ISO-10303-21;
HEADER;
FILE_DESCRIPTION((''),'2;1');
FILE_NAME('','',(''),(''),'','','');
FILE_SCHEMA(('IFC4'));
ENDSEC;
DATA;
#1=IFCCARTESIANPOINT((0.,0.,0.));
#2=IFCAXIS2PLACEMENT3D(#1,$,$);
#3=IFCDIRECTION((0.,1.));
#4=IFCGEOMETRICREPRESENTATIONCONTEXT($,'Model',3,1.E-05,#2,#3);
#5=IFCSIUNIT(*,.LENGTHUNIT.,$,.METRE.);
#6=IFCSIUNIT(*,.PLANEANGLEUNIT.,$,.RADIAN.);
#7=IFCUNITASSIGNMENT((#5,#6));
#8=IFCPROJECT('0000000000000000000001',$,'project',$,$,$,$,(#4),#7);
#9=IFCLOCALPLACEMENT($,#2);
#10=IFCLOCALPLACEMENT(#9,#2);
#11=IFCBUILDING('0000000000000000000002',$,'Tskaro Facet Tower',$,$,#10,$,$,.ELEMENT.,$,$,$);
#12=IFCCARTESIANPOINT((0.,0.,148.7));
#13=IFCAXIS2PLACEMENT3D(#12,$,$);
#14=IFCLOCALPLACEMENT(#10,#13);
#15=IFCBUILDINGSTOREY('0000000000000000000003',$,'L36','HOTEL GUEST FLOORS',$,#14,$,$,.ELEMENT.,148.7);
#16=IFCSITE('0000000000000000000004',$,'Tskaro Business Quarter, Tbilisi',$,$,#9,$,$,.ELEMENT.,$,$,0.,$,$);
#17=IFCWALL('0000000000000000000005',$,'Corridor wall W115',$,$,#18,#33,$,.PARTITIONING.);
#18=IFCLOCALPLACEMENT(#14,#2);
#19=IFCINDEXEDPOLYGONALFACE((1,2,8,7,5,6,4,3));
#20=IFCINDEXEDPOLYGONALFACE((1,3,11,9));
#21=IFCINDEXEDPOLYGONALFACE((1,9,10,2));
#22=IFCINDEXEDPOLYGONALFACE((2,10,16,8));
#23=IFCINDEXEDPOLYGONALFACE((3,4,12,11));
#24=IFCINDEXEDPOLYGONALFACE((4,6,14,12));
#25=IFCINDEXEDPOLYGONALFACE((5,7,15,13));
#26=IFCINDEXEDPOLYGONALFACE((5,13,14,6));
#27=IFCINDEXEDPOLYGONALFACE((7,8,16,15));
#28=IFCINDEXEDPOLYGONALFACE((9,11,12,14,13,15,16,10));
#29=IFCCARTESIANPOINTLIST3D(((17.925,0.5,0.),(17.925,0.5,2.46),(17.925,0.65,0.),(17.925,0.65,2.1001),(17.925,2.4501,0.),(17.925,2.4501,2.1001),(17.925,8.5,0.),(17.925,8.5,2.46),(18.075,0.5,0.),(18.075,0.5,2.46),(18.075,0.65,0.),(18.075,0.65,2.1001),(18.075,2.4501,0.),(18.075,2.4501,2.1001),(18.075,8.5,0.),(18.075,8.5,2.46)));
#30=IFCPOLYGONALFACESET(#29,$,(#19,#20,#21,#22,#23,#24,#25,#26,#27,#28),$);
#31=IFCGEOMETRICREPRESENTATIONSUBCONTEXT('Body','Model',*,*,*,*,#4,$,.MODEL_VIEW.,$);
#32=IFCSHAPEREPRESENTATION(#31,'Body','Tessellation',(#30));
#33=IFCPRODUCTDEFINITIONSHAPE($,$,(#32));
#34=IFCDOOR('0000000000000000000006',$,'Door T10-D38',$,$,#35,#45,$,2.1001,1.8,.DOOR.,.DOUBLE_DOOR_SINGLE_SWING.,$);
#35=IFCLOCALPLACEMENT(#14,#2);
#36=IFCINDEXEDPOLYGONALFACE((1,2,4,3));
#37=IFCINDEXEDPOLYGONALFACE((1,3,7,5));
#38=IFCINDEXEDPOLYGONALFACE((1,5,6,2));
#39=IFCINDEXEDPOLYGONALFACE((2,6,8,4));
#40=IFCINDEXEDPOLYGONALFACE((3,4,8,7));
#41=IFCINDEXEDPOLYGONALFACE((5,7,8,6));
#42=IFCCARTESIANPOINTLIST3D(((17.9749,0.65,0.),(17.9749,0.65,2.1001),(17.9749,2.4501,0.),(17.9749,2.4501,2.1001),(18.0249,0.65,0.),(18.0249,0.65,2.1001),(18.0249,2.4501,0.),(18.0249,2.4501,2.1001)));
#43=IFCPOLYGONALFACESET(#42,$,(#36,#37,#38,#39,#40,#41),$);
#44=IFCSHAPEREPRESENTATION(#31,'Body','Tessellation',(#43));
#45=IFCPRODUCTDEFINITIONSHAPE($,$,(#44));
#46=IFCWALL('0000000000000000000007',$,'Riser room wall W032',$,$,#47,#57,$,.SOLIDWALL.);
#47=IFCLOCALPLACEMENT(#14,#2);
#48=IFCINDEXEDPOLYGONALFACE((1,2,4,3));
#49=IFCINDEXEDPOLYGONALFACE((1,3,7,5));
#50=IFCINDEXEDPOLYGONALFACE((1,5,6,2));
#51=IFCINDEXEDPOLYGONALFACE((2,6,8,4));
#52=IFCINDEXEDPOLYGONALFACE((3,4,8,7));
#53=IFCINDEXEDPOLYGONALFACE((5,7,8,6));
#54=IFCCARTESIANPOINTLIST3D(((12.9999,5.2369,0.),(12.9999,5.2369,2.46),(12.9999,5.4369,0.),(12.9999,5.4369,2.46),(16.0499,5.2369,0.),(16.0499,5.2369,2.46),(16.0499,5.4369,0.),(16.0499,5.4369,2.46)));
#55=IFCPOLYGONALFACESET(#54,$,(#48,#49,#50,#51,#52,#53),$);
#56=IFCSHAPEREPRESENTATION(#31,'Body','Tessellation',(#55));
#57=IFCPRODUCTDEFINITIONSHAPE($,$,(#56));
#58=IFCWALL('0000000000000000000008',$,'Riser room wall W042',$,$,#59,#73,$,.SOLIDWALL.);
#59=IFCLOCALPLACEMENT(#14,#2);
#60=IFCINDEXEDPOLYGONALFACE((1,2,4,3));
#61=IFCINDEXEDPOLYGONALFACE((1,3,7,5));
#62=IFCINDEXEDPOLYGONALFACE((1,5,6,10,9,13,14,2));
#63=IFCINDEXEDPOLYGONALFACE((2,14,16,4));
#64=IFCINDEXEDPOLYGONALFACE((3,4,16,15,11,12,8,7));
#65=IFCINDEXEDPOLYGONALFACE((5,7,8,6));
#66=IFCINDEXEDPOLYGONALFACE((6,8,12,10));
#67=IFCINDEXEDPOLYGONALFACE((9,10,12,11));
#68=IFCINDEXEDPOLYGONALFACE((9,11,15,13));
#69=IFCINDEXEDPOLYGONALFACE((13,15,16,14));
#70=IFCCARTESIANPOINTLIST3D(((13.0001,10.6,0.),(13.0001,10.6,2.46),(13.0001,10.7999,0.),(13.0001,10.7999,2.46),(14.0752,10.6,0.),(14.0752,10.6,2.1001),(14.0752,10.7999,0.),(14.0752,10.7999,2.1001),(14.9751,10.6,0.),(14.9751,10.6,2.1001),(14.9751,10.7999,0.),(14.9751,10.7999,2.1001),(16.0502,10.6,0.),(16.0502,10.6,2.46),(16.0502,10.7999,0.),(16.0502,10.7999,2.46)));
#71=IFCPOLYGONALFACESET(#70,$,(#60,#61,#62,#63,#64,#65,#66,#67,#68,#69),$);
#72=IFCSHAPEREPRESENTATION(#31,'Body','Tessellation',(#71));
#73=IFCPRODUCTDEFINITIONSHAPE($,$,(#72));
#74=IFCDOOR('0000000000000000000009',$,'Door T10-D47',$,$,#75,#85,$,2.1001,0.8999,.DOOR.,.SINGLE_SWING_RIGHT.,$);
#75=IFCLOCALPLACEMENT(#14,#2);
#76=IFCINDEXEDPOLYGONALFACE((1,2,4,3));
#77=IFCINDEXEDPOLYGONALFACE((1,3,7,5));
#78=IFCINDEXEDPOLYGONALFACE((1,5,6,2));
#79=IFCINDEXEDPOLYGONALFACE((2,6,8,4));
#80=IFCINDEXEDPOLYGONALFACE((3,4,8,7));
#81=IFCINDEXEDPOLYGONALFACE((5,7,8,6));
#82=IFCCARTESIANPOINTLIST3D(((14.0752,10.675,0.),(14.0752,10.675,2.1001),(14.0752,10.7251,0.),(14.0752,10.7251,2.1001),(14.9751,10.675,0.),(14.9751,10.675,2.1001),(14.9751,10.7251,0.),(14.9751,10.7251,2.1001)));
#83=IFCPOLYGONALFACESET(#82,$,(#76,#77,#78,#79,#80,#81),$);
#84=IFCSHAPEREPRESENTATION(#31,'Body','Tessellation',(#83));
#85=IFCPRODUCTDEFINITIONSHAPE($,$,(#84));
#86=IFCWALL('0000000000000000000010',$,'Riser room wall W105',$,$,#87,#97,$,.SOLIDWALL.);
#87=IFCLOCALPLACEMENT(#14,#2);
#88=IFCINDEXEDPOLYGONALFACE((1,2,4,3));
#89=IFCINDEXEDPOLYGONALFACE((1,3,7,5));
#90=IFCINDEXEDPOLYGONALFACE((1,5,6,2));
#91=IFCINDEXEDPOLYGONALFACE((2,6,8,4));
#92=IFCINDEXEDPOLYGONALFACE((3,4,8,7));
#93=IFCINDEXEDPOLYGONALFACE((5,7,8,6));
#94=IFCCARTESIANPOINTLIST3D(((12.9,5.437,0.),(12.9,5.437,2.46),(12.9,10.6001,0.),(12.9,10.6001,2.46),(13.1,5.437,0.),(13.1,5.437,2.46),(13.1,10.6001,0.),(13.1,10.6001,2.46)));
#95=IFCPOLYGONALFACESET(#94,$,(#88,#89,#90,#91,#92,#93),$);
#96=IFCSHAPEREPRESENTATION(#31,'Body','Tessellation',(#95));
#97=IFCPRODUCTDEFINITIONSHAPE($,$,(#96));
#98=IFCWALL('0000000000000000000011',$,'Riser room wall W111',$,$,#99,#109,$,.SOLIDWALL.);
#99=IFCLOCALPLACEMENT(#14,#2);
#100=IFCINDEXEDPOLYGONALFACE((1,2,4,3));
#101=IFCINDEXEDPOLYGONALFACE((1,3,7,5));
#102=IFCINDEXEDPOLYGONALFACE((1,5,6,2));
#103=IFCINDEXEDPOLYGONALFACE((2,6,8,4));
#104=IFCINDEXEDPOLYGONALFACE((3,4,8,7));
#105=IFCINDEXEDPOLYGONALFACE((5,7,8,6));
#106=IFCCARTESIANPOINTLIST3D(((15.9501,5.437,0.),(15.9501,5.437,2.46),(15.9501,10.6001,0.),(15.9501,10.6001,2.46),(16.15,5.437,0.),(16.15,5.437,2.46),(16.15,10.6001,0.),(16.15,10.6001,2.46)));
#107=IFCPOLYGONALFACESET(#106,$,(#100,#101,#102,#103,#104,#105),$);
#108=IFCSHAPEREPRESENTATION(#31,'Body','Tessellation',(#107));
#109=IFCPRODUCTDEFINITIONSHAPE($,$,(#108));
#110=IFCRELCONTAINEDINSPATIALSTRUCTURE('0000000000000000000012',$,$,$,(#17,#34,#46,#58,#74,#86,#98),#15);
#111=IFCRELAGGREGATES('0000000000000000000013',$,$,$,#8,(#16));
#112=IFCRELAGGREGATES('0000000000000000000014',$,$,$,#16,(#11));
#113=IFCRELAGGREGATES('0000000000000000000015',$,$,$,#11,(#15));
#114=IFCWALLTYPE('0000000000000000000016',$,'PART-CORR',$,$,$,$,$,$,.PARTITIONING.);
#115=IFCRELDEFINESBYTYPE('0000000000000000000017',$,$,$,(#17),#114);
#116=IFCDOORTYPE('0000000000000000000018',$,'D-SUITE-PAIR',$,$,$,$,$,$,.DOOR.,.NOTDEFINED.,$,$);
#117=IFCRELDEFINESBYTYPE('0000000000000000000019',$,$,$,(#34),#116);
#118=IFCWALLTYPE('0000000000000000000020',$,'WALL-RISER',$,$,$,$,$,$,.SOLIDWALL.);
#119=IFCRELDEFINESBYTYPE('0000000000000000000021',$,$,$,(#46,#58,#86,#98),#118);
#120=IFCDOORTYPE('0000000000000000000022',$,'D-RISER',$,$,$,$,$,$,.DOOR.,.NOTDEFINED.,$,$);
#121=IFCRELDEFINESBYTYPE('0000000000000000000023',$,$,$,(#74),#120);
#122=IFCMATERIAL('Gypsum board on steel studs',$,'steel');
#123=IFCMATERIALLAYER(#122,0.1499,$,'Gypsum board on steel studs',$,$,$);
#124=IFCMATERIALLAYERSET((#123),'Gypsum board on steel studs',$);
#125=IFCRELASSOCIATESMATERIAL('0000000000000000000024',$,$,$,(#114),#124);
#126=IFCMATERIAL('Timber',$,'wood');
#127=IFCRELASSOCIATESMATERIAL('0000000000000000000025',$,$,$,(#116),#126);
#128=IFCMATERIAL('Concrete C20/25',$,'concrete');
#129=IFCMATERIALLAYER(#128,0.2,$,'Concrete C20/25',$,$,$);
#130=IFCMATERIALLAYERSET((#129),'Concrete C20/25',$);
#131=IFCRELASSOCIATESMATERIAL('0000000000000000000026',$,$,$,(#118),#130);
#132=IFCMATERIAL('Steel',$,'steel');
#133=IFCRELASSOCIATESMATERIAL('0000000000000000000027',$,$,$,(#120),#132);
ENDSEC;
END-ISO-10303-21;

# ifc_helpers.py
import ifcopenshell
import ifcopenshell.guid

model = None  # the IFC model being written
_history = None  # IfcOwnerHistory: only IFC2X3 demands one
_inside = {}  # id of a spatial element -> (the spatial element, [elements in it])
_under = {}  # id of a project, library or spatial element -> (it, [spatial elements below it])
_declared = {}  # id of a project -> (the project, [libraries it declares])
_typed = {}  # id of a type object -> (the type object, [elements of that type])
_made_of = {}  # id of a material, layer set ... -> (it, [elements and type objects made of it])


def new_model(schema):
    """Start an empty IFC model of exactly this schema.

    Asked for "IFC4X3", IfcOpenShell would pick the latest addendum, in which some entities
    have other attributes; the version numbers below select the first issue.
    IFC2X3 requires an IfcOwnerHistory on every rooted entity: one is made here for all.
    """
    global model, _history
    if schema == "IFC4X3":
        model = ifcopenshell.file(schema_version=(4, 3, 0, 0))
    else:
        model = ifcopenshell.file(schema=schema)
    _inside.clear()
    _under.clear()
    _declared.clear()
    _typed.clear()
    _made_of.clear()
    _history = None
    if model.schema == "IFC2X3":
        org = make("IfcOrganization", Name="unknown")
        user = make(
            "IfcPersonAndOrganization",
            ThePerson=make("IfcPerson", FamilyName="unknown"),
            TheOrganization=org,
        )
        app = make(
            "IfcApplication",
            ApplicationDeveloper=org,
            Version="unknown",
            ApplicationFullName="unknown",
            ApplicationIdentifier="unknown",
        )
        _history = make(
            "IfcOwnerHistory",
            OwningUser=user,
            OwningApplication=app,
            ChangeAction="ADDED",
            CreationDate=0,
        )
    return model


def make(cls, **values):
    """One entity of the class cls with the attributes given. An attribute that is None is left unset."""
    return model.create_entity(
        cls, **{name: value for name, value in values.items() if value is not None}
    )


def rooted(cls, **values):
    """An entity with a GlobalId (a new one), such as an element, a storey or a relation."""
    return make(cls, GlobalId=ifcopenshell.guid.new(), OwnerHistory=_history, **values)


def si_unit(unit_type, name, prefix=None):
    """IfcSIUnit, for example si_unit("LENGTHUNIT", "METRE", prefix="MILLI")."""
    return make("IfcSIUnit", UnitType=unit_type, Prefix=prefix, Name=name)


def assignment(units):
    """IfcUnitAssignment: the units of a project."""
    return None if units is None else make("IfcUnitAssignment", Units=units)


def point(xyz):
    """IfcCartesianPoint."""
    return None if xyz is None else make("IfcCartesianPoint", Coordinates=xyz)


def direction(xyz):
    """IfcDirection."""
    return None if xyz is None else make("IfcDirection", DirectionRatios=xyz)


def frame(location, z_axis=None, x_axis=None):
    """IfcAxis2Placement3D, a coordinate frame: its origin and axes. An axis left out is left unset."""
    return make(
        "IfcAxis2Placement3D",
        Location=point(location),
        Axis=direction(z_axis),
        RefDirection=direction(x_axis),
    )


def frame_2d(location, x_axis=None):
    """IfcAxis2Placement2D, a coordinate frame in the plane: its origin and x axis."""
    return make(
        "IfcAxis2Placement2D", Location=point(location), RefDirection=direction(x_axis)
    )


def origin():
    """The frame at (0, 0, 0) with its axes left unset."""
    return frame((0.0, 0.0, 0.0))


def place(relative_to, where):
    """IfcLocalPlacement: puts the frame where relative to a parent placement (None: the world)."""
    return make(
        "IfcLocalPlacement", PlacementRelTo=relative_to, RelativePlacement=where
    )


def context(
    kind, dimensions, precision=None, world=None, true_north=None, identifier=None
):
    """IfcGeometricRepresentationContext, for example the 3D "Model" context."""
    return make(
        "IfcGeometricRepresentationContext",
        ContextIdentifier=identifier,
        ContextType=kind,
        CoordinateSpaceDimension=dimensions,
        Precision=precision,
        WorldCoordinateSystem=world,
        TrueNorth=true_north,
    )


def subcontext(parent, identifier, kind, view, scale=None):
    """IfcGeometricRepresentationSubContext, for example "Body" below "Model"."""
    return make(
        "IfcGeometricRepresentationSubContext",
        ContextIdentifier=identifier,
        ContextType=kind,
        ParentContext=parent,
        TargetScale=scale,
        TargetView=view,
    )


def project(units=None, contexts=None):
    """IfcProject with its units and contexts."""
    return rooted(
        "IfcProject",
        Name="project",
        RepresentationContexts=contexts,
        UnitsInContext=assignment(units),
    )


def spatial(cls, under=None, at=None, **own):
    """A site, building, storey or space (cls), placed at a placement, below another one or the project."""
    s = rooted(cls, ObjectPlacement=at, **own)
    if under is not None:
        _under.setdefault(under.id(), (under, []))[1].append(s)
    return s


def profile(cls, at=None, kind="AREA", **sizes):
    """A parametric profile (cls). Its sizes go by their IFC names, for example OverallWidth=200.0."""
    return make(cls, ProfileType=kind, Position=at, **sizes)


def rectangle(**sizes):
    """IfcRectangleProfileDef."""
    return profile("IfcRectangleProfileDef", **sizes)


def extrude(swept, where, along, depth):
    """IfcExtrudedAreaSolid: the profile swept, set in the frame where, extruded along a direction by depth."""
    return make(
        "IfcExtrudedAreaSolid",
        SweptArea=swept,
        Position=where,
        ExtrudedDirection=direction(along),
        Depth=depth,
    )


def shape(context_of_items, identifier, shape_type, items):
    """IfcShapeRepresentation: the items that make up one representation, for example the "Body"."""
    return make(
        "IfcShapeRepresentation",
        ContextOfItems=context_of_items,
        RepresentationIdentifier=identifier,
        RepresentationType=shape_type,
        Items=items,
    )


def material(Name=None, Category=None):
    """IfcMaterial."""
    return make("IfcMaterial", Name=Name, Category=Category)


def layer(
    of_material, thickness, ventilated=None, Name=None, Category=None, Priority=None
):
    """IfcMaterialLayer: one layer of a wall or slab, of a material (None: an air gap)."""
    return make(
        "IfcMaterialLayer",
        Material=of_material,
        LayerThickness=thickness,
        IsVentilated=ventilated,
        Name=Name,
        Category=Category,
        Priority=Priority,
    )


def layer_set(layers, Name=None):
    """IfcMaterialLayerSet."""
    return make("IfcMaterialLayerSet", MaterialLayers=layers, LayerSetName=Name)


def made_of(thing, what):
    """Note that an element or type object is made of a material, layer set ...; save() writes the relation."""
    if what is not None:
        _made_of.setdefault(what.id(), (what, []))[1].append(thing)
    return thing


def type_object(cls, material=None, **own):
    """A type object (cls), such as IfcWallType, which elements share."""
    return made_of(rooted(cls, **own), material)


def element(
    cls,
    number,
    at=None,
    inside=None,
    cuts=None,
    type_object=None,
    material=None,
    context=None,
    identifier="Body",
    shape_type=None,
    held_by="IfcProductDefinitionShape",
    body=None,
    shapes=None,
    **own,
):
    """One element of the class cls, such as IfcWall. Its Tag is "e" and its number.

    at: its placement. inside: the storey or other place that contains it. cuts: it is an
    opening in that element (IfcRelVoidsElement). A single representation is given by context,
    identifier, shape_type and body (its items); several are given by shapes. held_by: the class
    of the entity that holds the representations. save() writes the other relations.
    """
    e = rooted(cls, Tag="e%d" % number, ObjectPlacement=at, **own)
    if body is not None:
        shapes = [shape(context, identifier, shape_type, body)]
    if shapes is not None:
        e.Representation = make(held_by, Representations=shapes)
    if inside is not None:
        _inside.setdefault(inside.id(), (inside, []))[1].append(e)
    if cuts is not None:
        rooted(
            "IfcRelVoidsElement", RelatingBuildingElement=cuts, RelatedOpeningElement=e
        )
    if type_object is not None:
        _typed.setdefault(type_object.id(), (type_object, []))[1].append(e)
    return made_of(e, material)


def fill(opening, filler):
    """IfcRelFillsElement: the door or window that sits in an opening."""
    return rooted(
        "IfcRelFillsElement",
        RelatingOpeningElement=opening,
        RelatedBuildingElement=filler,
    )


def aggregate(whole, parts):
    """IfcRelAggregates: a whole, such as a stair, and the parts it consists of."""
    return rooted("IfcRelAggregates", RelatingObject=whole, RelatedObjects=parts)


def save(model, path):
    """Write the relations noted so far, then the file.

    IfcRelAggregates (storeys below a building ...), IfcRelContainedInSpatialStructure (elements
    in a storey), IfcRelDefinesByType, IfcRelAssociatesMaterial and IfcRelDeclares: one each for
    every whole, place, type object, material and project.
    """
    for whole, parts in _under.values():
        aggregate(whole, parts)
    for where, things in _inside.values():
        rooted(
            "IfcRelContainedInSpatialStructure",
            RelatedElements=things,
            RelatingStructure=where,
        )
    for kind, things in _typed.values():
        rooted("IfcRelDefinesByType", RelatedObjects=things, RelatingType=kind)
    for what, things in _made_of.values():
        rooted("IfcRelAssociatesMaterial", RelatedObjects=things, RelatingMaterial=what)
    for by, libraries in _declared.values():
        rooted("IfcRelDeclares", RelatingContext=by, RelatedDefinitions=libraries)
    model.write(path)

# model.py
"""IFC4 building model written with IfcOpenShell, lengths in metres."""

from ifc_helpers import new_model, si_unit, direction, frame, frame_2d, origin, place, context, subcontext, project, spatial, rectangle, extrude, material, layer, layer_set, type_object, element, fill, save


model = new_model("IFC4")

# Units and contexts
model_context = context("Model", 3, precision=1e-05, world=origin(), true_north=direction((0.0, 1.0)))
body_context = subcontext(model_context, "Body", "Model", "MODEL_VIEW")
ifc_project = project(units=[si_unit("LENGTHUNIT", "METRE"), si_unit("PLANEANGLEUNIT", "RADIAN")], contexts=[model_context])

# Site, building, storey
site_placement = place(None, origin())
site = spatial("IfcSite", under=ifc_project, at=site_placement, Name="Tskaro Business Quarter, Tbilisi", CompositionType="ELEMENT", RefElevation=0.0)
building_placement = place(site_placement, origin())
building = spatial("IfcBuilding", under=site, at=building_placement, Name="Tskaro Facet Tower", CompositionType="ELEMENT")
storey_placement = place(building_placement, frame((0.0, 0.0, 148.7)))
storey = spatial("IfcBuildingStorey", under=building, at=storey_placement, Name="L36", Description="HOTEL GUEST FLOORS", CompositionType="ELEMENT", Elevation=148.7)

# Shared definitions
ifc_material_1 = material(Name="Gypsum board on steel studs", Category="steel")

# Shared definitions
ifc_layer_1 = layer(ifc_material_1, 0.1499, Name="Gypsum board on steel studs")
ifc_layer_set_1 = layer_set([ifc_layer_1], Name="Gypsum board on steel studs")
wall_type_1 = type_object("IfcWallType", Name="PART-CORR", PredefinedType="PARTITIONING", material=ifc_layer_set_1)
ifc_material_2 = material(Name="Timber", Category="wood")

# Shared definitions
ifc_material_3 = material(Name="Steel", Category="steel")

# Wall, opening, door
door_type_1 = type_object("IfcDoorType", Name="D-SUITE-PAIR", OperationType="NOTDEFINED", PredefinedType="DOOR", material=ifc_material_2)
wall_1_placement = place(storey_placement, frame((18.0, 8.5, 0.0), z_axis=(0.0, 0.0, 1.0), x_axis=(0.0, -1.0, 0.0)))
wall_1 = element("IfcWall", 1, at=wall_1_placement, inside=storey, type_object=wall_type_1, Name="Corridor wall W115", PredefinedType="PARTITIONING", context=body_context, shape_type="SweptSolid", body=[
    extrude(rectangle(XDim=8.0, YDim=0.1499, at=frame_2d((4.0, 0.0))), origin(), (0.0, 0.0, 1.0), 2.46),
])
opening_1_placement = place(wall_1_placement, frame((6.05, 0.0, 0.0)))
opening_1 = element("IfcOpeningElement", 2, at=opening_1_placement, cuts=wall_1, PredefinedType="OPENING", context=body_context, shape_type="SweptSolid", body=[
    extrude(rectangle(XDim=1.8, YDim=2.1001, at=frame_2d((0.8999, 1.05))), frame((0.0, 0.085, 0.0), z_axis=(0.0, -1.0, 0.0), x_axis=(1.0, 0.0, 0.0)), (0.0, 0.0, 1.0), 0.1699),
])
door_1_placement = place(opening_1_placement, origin())
door_1 = element("IfcDoor", 3, at=door_1_placement, inside=storey, type_object=door_type_1, Name="Door T10-D38", OperationType="DOUBLE_DOOR_SINGLE_SWING", OverallHeight=2.1001, OverallWidth=1.8, PredefinedType="DOOR", context=body_context, shape_type="SweptSolid", body=[
    extrude(rectangle(XDim=1.8, YDim=2.1001, at=frame_2d((0.8999, 1.05))), frame((0.0, 0.0249, 0.0), z_axis=(0.0, -1.0, 0.0), x_axis=(1.0, 0.0, 0.0)), (0.0, 0.0, 1.0), 0.05),
])
fill(opening_1, door_1)

# Wall
ifc_material_4 = material(Name="Concrete C20/25", Category="concrete")
ifc_layer_2 = layer(ifc_material_4, 0.2, Name="Concrete C20/25")
ifc_layer_set_2 = layer_set([ifc_layer_2], Name="Concrete C20/25")
wall_type_2 = type_object("IfcWallType", Name="WALL-RISER", PredefinedType="SOLIDWALL", material=ifc_layer_set_2)
wall_2_placement = place(storey_placement, frame((13.0, 5.3369, 0.0), z_axis=(0.0, 0.0, 1.0), x_axis=(1.0, 0.0, 0.0)))
element("IfcWall", 4, at=wall_2_placement, inside=storey, type_object=wall_type_2, Name="Riser room wall W032", PredefinedType="SOLIDWALL", context=body_context, shape_type="SweptSolid", body=[
    extrude(rectangle(XDim=3.05, YDim=0.2, at=frame_2d((1.5249, 0.0))), origin(), (0.0, 0.0, 1.0), 2.46),
])

# Wall, opening, door
wall_3_placement = place(storey_placement, frame((16.05, 10.7, 0.0), z_axis=(0.0, 0.0, 1.0), x_axis=(-1.0, 0.0, 0.0)))
wall_3 = element("IfcWall", 5, at=wall_3_placement, inside=storey, type_object=wall_type_2, Name="Riser room wall W042", PredefinedType="SOLIDWALL", context=body_context, shape_type="SweptSolid", body=[
    extrude(rectangle(XDim=3.05, YDim=0.2, at=frame_2d((1.5249, 0.0))), origin(), (0.0, 0.0, 1.0), 2.46),
])
opening_2_placement = place(wall_3_placement, frame((1.075, 0.0, 0.0)))
opening_2 = element("IfcOpeningElement", 6, at=opening_2_placement, cuts=wall_3, PredefinedType="OPENING", context=body_context, shape_type="SweptSolid", body=[
    extrude(rectangle(XDim=0.8999, YDim=2.1001, at=frame_2d((0.45, 1.05))), frame((0.0, 0.1099, 0.0), z_axis=(0.0, -1.0, 0.0), x_axis=(1.0, 0.0, 0.0)), (0.0, 0.0, 1.0), 0.22),
])
door_type_2 = type_object("IfcDoorType", Name="D-RISER", OperationType="NOTDEFINED", PredefinedType="DOOR", material=ifc_material_3)
door_2_placement = place(opening_2_placement, origin())
door_2 = element("IfcDoor", 7, at=door_2_placement, inside=storey, type_object=door_type_2, Name="Door T10-D47", OperationType="SINGLE_SWING_RIGHT", OverallHeight=2.1001, OverallWidth=0.8999, PredefinedType="DOOR", context=body_context, shape_type="SweptSolid", body=[
    extrude(rectangle(XDim=0.8999, YDim=2.1001, at=frame_2d((0.45, 1.05))), frame((0.0, 0.0249, 0.0), z_axis=(0.0, -1.0, 0.0), x_axis=(1.0, 0.0, 0.0)), (0.0, 0.0, 1.0), 0.05),
])
fill(opening_2, door_2)

# Walls
for number, where, z_axis, x_axis, name in (
    (8, (13.0, 5.437, 0.0), (0.0, 0.0, 1.0), (0.0, 1.0, 0.0), "Riser room wall W105"),
    (9, (16.05, 5.437, 0.0), (0.0, 0.0, 1.0), (0.0, 1.0, 0.0), "Riser room wall W111"),
):
    element("IfcWall", number, at=place(storey_placement, frame(where, z_axis=z_axis, x_axis=x_axis)), inside=storey, type_object=wall_type_2, Name=name, PredefinedType="SOLIDWALL", context=body_context, shape_type="SweptSolid", body=[
        extrude(rectangle(XDim=5.1631, YDim=0.2, at=frame_2d((2.5815, 0.0))), origin(), (0.0, 0.0, 1.0), 2.46),
    ])

save(model, "model.ifc")
